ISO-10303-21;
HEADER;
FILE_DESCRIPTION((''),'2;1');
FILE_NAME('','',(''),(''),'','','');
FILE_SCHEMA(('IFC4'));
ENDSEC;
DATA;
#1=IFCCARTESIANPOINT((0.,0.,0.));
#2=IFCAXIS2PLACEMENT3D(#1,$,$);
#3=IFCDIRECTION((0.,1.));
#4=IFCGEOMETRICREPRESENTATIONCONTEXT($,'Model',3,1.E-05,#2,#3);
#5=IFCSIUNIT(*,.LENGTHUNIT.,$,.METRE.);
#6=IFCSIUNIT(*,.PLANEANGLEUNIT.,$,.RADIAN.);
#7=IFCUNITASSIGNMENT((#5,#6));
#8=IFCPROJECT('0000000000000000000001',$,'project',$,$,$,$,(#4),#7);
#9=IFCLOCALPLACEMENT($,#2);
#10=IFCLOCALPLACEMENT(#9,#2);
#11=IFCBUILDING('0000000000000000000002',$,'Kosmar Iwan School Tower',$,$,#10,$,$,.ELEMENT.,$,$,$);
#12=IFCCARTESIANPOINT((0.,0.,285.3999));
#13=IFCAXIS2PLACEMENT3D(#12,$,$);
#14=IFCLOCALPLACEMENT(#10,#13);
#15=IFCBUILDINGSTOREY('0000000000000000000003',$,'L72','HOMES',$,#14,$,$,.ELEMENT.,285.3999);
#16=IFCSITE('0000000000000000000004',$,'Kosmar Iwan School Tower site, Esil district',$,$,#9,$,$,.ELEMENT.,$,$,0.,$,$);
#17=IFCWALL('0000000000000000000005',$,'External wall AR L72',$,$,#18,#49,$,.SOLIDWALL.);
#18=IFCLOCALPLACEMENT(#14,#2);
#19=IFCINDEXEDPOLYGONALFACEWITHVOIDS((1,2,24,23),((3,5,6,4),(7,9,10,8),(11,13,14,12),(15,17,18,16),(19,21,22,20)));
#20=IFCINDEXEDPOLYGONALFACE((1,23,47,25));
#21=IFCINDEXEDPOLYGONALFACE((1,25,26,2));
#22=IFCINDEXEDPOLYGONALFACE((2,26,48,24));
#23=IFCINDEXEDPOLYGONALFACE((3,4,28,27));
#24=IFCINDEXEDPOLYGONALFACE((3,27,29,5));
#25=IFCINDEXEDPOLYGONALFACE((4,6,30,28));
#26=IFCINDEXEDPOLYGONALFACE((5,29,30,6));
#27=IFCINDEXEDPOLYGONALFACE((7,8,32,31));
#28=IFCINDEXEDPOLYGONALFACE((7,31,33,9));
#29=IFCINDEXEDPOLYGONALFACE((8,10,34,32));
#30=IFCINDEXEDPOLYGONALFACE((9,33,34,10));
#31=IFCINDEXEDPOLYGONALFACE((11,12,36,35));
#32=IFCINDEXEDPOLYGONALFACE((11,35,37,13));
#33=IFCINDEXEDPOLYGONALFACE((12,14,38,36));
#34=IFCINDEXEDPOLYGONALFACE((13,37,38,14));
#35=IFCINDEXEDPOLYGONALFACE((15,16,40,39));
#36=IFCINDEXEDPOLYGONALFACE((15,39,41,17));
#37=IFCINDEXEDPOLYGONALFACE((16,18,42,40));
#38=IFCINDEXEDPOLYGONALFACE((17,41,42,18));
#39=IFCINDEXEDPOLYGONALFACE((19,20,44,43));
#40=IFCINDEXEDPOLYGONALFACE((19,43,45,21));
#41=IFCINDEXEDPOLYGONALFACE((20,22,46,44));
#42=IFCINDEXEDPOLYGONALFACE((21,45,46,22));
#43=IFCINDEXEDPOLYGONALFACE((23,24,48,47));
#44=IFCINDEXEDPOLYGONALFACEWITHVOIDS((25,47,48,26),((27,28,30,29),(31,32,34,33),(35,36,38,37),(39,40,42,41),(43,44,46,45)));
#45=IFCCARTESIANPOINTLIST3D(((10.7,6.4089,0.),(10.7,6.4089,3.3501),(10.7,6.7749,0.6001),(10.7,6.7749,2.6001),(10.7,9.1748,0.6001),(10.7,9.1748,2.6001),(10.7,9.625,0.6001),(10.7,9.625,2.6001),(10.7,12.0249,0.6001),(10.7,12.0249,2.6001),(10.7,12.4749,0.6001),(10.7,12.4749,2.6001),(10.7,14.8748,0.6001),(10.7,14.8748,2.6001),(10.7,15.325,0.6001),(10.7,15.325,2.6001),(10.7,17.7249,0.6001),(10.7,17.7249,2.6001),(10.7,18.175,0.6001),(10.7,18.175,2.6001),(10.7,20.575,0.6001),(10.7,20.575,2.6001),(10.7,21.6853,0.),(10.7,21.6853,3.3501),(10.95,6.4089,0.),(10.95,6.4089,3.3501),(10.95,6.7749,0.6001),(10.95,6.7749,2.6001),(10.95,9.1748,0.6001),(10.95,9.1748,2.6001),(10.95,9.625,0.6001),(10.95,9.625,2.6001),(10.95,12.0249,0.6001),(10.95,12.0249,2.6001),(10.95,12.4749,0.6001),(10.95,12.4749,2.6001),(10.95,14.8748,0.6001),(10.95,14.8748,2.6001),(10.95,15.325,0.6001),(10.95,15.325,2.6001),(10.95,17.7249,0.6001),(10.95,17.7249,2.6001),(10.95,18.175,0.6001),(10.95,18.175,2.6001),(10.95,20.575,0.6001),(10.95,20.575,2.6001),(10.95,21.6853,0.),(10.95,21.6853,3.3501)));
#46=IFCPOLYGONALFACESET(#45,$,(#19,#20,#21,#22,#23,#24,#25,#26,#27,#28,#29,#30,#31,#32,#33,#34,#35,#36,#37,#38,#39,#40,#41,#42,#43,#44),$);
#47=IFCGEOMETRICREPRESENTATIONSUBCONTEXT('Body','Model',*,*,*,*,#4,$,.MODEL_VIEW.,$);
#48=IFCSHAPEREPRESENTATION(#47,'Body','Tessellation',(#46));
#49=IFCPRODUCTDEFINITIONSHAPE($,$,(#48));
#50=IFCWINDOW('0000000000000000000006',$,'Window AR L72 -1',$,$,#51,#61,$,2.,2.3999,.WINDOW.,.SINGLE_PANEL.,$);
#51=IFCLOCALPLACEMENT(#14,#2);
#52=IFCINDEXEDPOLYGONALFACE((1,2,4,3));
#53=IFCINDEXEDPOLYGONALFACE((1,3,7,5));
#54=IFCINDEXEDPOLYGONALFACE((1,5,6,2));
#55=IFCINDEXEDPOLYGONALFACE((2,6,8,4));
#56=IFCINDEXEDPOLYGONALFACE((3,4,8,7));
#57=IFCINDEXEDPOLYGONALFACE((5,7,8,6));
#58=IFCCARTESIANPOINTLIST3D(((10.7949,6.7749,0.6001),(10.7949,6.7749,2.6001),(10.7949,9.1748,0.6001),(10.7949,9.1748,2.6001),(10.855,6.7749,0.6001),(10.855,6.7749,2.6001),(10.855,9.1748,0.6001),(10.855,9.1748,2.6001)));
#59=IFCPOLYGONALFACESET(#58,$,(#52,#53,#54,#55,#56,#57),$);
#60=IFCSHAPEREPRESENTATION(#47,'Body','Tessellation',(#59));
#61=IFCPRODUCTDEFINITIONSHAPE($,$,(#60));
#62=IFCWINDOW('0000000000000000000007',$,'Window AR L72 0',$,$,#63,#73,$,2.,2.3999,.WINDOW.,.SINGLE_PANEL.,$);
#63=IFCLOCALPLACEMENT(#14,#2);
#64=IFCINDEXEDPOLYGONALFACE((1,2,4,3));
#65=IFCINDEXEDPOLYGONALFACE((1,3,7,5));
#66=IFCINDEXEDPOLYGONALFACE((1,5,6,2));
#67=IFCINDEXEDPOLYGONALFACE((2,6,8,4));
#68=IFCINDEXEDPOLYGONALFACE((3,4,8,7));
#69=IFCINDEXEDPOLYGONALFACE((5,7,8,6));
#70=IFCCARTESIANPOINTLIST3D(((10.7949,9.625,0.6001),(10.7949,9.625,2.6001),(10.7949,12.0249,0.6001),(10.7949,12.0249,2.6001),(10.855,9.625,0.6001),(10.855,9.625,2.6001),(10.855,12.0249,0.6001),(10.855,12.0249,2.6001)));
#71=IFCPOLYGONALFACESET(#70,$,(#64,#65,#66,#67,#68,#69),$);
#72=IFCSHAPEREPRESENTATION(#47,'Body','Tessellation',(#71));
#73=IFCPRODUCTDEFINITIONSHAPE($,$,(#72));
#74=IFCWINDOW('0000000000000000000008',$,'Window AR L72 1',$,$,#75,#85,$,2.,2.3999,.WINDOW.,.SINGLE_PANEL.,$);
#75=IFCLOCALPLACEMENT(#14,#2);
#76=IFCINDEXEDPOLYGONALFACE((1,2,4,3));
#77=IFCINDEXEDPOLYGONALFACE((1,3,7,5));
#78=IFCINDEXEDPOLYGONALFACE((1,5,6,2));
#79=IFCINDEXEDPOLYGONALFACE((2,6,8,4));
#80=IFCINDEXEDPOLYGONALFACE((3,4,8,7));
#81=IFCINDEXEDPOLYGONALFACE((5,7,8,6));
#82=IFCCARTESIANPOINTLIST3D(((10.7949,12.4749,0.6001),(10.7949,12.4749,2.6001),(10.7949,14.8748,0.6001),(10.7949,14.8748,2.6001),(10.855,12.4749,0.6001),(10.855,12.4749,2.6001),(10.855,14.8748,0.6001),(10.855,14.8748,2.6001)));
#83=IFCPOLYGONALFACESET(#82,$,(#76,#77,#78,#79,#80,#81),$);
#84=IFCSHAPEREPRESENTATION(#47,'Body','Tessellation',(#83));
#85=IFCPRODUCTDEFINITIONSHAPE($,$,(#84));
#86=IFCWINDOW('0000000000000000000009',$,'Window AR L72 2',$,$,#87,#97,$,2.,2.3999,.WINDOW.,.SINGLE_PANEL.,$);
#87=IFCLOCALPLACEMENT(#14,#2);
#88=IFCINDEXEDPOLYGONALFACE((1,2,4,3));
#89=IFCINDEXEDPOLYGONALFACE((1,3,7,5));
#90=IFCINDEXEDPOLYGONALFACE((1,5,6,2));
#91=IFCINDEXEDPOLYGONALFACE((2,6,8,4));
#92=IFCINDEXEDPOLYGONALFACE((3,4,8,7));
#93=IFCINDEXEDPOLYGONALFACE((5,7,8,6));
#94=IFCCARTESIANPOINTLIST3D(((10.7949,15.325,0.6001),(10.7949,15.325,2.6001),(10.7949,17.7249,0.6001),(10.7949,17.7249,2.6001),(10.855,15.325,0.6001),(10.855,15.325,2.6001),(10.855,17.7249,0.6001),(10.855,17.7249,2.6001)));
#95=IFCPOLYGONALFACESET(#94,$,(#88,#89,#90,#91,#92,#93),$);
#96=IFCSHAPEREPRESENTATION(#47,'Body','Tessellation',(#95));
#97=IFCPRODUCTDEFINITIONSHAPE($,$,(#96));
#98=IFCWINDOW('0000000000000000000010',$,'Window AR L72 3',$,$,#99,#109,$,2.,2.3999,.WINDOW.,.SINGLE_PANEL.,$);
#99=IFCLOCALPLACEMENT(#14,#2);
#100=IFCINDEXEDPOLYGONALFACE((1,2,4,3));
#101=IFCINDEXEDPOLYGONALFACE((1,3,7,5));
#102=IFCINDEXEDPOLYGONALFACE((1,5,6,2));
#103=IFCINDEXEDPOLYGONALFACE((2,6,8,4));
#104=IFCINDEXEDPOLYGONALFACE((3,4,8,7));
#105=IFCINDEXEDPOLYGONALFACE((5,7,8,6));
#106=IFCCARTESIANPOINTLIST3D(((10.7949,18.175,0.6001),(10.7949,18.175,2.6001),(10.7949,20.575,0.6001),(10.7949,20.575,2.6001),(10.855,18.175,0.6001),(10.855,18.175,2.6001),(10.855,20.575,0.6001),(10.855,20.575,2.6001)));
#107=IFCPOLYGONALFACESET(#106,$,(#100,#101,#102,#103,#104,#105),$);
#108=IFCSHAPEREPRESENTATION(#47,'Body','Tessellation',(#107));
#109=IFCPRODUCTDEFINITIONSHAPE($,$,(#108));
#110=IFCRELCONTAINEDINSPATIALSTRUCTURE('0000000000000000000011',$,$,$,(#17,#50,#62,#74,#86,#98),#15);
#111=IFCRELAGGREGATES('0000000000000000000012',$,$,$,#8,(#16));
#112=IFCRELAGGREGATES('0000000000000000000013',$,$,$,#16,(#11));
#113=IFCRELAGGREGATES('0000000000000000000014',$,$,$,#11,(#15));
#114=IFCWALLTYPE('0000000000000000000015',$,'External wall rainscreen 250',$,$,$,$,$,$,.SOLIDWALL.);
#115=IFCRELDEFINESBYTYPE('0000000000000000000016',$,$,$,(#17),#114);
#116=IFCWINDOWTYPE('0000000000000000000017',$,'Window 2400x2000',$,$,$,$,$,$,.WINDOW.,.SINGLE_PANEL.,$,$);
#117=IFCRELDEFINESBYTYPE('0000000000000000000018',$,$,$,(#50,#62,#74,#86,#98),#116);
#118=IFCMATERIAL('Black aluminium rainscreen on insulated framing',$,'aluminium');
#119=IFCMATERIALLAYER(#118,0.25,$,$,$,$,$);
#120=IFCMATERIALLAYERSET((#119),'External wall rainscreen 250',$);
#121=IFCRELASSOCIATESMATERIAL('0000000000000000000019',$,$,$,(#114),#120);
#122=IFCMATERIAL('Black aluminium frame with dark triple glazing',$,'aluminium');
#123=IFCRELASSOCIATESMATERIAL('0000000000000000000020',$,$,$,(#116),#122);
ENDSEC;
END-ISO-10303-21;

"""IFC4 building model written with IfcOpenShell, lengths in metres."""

from ifc_helpers import new_model, si_unit, direction, frame, frame_2d, origin, place, context, subcontext, project, spatial, rectangle, extrude, material, layer, layer_set, type_object, element, fill, save


model = new_model("IFC4")

# Units and contexts
model_context = context("Model", 3, precision=1e-05, world=origin(), true_north=direction((0.0, 1.0)))
body_context = subcontext(model_context, "Body", "Model", "MODEL_VIEW")
ifc_project = project(units=[si_unit("LENGTHUNIT", "METRE"), si_unit("PLANEANGLEUNIT", "RADIAN")], contexts=[model_context])

# Site, building, storey
site_placement = place(None, origin())
site = spatial("IfcSite", under=ifc_project, at=site_placement, Name="Kosmar Iwan School Tower site, Esil district", CompositionType="ELEMENT", RefElevation=0.0)
building_placement = place(site_placement, origin())
building = spatial("IfcBuilding", under=site, at=building_placement, Name="Kosmar Iwan School Tower", CompositionType="ELEMENT")
storey_placement = place(building_placement, frame((0.0, 0.0, 285.3999)))
storey = spatial("IfcBuildingStorey", under=building, at=storey_placement, Name="L72", Description="HOMES", CompositionType="ELEMENT", Elevation=285.3999)

# Wall, openings, windows
ifc_material_1 = material(Name="Black aluminium rainscreen on insulated framing", Category="aluminium")
ifc_layer_1 = layer(ifc_material_1, 0.25)
ifc_layer_set_1 = layer_set([ifc_layer_1], Name="External wall rainscreen 250")
wall_type_1 = type_object("IfcWallType", Name="External wall rainscreen 250", PredefinedType="SOLIDWALL", material=ifc_layer_set_1)
wall_1_placement = place(storey_placement, frame((10.825, 6.4089, 0.0), z_axis=(0.0, 0.0, 1.0), x_axis=(0.0, 1.0, 0.0)))
wall_1 = element("IfcWall", 1, at=wall_1_placement, inside=storey, type_object=wall_type_1, Name="External wall AR L72", PredefinedType="SOLIDWALL", context=body_context, shape_type="SweptSolid", body=[
    extrude(rectangle(XDim=15.2764, YDim=0.25, at=frame_2d((7.6382, 0.0))), origin(), (0.0, 0.0, 1.0), 3.3501),
])
opening_1_placement = place(wall_1_placement, frame((0.366, 0.0, 0.6001)))
opening_1 = element("IfcOpeningElement", 2, at=opening_1_placement, cuts=wall_1, PredefinedType="OPENING", context=body_context, shape_type="SweptSolid", body=[
    extrude(rectangle(XDim=2.3999, YDim=2.0, at=frame_2d((1.2, 1.0))), frame((0.0, 0.137, 0.0), z_axis=(0.0, -1.0, 0.0), x_axis=(1.0, 0.0, 0.0)), (0.0, 0.0, 1.0), 0.2739),
])
opening_2_placement = place(wall_1_placement, frame((3.2161, 0.0, 0.6001)))
opening_2 = element("IfcOpeningElement", 3, at=opening_2_placement, cuts=wall_1, PredefinedType="OPENING", context=body_context, shape_type="SweptSolid", body=[
    extrude(rectangle(XDim=2.3999, YDim=2.0, at=frame_2d((1.2, 1.0))), frame((0.0, 0.137, 0.0), z_axis=(0.0, -1.0, 0.0), x_axis=(1.0, 0.0, 0.0)), (0.0, 0.0, 1.0), 0.2739),
])
opening_3_placement = place(wall_1_placement, frame((6.0659, 0.0, 0.6001)))
opening_3 = element("IfcOpeningElement", 4, at=opening_3_placement, cuts=wall_1, PredefinedType="OPENING", context=body_context, shape_type="SweptSolid", body=[
    extrude(rectangle(XDim=2.3999, YDim=2.0, at=frame_2d((1.2, 1.0))), frame((0.0, 0.137, 0.0), z_axis=(0.0, -1.0, 0.0), x_axis=(1.0, 0.0, 0.0)), (0.0, 0.0, 1.0), 0.2739),
])
opening_4_placement = place(wall_1_placement, frame((8.916, 0.0, 0.6001)))
opening_4 = element("IfcOpeningElement", 5, at=opening_4_placement, cuts=wall_1, PredefinedType="OPENING", context=body_context, shape_type="SweptSolid", body=[
    extrude(rectangle(XDim=2.3999, YDim=2.0, at=frame_2d((1.2, 1.0))), frame((0.0, 0.137, 0.0), z_axis=(0.0, -1.0, 0.0), x_axis=(1.0, 0.0, 0.0)), (0.0, 0.0, 1.0), 0.2739),
])
opening_5_placement = place(wall_1_placement, frame((11.7661, 0.0, 0.6001)))
opening_5 = element("IfcOpeningElement", 6, at=opening_5_placement, cuts=wall_1, PredefinedType="OPENING", context=body_context, shape_type="SweptSolid", body=[
    extrude(rectangle(XDim=2.3999, YDim=2.0, at=frame_2d((1.2, 1.0))), frame((0.0, 0.137, 0.0), z_axis=(0.0, -1.0, 0.0), x_axis=(1.0, 0.0, 0.0)), (0.0, 0.0, 1.0), 0.2739),
])
ifc_material_2 = material(Name="Black aluminium frame with dark triple glazing", Category="aluminium")
window_type = type_object("IfcWindowType", Name="Window 2400x2000", PartitioningType="SINGLE_PANEL", PredefinedType="WINDOW", material=ifc_material_2)
window_1_placement = place(opening_1_placement, origin())
window_1 = element("IfcWindow", 7, at=window_1_placement, inside=storey, type_object=window_type, Name="Window AR L72 -1", OverallHeight=2.0, OverallWidth=2.3999, PartitioningType="SINGLE_PANEL", PredefinedType="WINDOW", context=body_context, shape_type="SweptSolid", body=[
    extrude(rectangle(XDim=2.3999, YDim=2.0, at=frame_2d((1.2, 1.0))), frame((0.0, 0.03, 0.0), z_axis=(0.0, -1.0, 0.0), x_axis=(1.0, 0.0, 0.0)), (0.0, 0.0, 1.0), 0.0601),
])
fill(opening_1, window_1)
window_2_placement = place(opening_2_placement, origin())
window_2 = element("IfcWindow", 8, at=window_2_placement, inside=storey, type_object=window_type, Name="Window AR L72 0", OverallHeight=2.0, OverallWidth=2.3999, PartitioningType="SINGLE_PANEL", PredefinedType="WINDOW", context=body_context, shape_type="SweptSolid", body=[
    extrude(rectangle(XDim=2.3999, YDim=2.0, at=frame_2d((1.2, 1.0))), frame((0.0, 0.03, 0.0), z_axis=(0.0, -1.0, 0.0), x_axis=(1.0, 0.0, 0.0)), (0.0, 0.0, 1.0), 0.0601),
])
fill(opening_2, window_2)
window_3_placement = place(opening_3_placement, origin())
window_3 = element("IfcWindow", 9, at=window_3_placement, inside=storey, type_object=window_type, Name="Window AR L72 1", OverallHeight=2.0, OverallWidth=2.3999, PartitioningType="SINGLE_PANEL", PredefinedType="WINDOW", context=body_context, shape_type="SweptSolid", body=[
    extrude(rectangle(XDim=2.3999, YDim=2.0, at=frame_2d((1.2, 1.0))), frame((0.0, 0.03, 0.0), z_axis=(0.0, -1.0, 0.0), x_axis=(1.0, 0.0, 0.0)), (0.0, 0.0, 1.0), 0.0601),
])
fill(opening_3, window_3)
window_4_placement = place(opening_4_placement, origin())
window_4 = element("IfcWindow", 10, at=window_4_placement, inside=storey, type_object=window_type, Name="Window AR L72 2", OverallHeight=2.0, OverallWidth=2.3999, PartitioningType="SINGLE_PANEL", PredefinedType="WINDOW", context=body_context, shape_type="SweptSolid", body=[
    extrude(rectangle(XDim=2.3999, YDim=2.0, at=frame_2d((1.2, 1.0))), frame((0.0, 0.03, 0.0), z_axis=(0.0, -1.0, 0.0), x_axis=(1.0, 0.0, 0.0)), (0.0, 0.0, 1.0), 0.0601),
])
fill(opening_4, window_4)
window_5_placement = place(opening_5_placement, origin())
window_5 = element("IfcWindow", 11, at=window_5_placement, inside=storey, type_object=window_type, Name="Window AR L72 3", OverallHeight=2.0, OverallWidth=2.3999, PartitioningType="SINGLE_PANEL", PredefinedType="WINDOW", context=body_context, shape_type="SweptSolid", body=[
    extrude(rectangle(XDim=2.3999, YDim=2.0, at=frame_2d((1.2, 1.0))), frame((0.0, 0.03, 0.0), z_axis=(0.0, -1.0, 0.0), x_axis=(1.0, 0.0, 0.0)), (0.0, 0.0, 1.0), 0.0601),
])
fill(opening_5, window_5)

save(model, "model.ifc")
